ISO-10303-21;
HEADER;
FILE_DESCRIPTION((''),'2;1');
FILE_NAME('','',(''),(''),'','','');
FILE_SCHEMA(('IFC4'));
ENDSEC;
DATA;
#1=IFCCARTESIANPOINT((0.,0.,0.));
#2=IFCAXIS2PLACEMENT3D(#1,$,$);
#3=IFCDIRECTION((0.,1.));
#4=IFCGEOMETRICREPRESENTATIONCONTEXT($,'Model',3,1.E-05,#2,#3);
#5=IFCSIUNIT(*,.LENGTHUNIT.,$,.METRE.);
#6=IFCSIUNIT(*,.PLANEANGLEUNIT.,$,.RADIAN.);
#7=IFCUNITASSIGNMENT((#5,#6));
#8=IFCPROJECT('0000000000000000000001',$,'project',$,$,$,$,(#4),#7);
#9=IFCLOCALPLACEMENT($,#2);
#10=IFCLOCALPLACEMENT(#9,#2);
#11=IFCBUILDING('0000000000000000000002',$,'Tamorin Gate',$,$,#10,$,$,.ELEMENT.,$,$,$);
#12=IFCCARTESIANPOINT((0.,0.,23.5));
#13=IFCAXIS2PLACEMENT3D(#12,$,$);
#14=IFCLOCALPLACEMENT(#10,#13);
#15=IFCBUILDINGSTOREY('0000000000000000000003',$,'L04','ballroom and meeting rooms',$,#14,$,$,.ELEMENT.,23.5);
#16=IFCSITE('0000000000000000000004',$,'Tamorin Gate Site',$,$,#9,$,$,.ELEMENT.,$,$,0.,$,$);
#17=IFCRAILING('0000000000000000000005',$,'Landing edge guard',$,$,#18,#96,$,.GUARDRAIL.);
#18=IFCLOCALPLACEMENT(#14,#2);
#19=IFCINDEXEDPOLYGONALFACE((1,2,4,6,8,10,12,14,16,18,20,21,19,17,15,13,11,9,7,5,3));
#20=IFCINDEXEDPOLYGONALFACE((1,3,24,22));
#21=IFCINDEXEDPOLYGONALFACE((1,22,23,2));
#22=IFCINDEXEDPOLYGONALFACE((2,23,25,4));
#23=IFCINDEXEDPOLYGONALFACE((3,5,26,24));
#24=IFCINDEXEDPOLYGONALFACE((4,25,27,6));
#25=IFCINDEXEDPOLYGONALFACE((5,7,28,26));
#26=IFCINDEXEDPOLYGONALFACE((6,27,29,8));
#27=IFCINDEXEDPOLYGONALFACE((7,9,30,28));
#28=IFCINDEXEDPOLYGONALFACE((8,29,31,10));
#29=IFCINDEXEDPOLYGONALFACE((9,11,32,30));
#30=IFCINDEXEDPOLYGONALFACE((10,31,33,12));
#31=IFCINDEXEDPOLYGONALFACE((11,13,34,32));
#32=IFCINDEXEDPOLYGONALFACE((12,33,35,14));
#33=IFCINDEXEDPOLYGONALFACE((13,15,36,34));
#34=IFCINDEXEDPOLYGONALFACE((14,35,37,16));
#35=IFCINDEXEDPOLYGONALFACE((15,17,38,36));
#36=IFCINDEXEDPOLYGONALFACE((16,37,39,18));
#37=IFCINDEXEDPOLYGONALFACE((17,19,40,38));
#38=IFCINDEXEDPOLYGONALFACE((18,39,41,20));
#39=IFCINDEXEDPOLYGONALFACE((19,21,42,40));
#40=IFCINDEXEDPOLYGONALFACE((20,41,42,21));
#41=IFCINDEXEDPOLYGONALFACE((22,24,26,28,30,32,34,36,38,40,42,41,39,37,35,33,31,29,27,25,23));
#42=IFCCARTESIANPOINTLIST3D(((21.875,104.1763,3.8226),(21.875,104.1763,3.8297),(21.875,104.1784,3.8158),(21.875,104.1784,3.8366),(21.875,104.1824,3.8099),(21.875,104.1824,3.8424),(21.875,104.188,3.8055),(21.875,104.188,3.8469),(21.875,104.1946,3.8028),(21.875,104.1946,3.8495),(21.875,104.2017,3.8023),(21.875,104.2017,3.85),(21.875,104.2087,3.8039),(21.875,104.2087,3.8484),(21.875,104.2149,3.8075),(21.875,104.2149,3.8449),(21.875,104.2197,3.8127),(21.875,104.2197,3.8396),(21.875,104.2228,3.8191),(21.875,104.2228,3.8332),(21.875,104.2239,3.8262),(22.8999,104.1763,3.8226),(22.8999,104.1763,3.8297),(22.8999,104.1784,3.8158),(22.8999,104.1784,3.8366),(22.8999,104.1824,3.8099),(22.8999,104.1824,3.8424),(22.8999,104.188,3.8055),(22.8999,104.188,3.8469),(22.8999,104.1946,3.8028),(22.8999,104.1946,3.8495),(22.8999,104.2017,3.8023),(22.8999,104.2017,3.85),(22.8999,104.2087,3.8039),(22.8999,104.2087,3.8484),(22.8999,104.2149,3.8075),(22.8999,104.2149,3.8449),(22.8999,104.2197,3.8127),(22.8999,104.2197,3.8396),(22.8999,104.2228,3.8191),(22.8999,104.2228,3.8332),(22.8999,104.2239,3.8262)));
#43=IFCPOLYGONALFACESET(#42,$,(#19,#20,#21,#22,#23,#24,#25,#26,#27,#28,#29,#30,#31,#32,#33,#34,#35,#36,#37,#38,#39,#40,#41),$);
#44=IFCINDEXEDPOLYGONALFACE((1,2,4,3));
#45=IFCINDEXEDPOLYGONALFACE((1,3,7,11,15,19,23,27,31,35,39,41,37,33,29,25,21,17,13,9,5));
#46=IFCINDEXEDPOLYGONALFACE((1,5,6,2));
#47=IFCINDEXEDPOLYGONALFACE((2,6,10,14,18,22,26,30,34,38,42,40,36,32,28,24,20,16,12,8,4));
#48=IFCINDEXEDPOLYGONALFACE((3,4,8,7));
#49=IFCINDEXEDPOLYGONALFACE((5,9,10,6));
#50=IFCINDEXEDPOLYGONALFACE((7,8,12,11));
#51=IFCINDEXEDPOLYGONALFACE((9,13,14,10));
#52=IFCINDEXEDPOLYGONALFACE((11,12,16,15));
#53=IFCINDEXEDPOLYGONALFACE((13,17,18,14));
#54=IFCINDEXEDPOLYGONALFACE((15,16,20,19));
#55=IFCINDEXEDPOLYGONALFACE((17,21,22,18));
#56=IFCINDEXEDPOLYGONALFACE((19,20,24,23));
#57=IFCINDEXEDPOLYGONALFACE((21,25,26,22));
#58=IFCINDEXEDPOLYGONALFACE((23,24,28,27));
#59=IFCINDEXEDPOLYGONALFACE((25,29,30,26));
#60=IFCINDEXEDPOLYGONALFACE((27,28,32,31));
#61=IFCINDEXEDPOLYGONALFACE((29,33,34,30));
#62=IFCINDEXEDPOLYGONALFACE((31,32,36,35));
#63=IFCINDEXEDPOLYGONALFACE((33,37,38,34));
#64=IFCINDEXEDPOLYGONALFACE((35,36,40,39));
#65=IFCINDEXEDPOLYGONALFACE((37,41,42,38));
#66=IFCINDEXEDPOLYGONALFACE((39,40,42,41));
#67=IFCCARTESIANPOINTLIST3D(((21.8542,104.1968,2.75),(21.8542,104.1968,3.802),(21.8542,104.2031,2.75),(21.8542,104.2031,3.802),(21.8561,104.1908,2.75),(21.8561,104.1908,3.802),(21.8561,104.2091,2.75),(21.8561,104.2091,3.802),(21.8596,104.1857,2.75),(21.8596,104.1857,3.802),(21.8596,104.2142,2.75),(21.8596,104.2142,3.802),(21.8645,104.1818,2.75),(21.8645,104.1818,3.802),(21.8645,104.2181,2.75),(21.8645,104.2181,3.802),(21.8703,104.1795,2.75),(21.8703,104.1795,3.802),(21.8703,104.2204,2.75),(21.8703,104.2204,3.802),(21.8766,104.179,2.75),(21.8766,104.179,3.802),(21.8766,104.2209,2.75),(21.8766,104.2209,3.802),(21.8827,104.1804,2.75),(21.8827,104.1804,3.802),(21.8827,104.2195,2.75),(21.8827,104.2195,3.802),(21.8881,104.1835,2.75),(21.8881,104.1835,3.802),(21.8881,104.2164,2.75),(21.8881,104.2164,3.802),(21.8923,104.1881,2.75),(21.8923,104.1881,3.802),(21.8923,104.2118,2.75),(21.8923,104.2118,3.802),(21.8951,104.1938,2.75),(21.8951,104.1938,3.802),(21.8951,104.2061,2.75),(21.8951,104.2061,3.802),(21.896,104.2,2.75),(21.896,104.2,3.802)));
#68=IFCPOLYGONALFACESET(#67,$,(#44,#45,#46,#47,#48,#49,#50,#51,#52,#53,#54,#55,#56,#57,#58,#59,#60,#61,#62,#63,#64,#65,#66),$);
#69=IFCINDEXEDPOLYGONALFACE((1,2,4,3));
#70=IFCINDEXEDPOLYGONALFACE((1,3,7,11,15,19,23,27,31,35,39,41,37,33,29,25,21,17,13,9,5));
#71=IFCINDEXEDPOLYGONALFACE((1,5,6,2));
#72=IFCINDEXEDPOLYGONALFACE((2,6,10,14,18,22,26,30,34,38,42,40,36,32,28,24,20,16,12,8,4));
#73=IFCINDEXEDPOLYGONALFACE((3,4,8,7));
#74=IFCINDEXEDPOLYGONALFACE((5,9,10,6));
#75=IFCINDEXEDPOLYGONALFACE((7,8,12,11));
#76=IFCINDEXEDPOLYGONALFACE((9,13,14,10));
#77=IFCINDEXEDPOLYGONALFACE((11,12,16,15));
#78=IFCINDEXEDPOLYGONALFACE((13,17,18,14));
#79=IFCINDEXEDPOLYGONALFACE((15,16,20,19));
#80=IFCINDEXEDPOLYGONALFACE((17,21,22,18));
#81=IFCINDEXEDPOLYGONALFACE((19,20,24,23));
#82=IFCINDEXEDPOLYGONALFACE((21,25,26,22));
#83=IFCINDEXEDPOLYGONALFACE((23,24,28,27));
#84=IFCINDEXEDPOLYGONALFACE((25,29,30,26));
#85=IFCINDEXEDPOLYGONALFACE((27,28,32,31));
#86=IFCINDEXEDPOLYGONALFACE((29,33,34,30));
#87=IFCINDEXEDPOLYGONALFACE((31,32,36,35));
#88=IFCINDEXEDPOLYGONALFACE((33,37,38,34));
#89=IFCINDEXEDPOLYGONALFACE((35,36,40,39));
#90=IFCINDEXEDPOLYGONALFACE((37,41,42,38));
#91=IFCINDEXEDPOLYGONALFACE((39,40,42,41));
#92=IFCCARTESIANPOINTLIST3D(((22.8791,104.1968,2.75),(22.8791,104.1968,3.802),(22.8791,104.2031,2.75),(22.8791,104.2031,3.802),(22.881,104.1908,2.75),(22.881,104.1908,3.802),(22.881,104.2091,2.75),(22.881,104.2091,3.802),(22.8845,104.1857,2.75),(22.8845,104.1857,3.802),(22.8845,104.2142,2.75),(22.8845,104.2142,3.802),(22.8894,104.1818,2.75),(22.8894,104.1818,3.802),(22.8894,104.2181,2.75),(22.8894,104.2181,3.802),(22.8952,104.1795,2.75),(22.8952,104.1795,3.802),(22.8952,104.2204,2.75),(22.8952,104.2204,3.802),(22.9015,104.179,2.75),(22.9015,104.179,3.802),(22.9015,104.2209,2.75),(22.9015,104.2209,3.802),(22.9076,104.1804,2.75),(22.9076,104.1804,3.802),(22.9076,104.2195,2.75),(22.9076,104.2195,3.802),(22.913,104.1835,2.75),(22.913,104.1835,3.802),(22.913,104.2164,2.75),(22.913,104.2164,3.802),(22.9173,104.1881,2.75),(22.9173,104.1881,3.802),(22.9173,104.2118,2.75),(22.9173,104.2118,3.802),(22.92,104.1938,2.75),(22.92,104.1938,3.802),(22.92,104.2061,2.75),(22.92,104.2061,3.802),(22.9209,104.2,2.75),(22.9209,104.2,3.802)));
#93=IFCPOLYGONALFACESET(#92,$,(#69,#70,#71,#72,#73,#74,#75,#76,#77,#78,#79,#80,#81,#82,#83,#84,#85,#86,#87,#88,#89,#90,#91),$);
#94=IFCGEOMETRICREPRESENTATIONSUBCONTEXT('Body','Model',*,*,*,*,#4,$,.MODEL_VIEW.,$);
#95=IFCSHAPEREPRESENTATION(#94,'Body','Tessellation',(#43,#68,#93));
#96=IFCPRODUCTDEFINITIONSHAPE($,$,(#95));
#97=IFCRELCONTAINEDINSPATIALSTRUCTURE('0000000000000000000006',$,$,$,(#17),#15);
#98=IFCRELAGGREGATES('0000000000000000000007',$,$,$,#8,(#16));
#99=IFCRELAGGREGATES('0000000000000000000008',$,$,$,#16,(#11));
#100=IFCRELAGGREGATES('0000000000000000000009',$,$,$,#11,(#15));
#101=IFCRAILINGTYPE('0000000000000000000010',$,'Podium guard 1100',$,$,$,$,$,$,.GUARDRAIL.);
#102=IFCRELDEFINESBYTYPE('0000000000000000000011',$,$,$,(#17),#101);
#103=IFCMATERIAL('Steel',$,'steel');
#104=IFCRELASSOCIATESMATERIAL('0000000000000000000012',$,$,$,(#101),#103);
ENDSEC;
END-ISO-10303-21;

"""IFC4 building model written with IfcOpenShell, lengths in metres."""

from ifc_helpers import new_model, si_unit, direction, frame, origin, origin_2d, place, context, subcontext, project, spatial, circle, extrude, material, type_object, element, save


model = new_model("IFC4")

# Units and contexts
model_context = context("Model", 3, precision=1e-05, world=origin(), true_north=direction((0.0, 1.0)))
body_context = subcontext(model_context, "Body", "Model", "MODEL_VIEW")
ifc_project = project(units=[si_unit("LENGTHUNIT", "METRE"), si_unit("PLANEANGLEUNIT", "RADIAN")], contexts=[model_context])

# Site, building, storey
site_placement = place(None, origin())
site = spatial("IfcSite", under=ifc_project, at=site_placement, Name="Tamorin Gate Site", CompositionType="ELEMENT", RefElevation=0.0)
building_placement = place(site_placement, origin())
building = spatial("IfcBuilding", under=site, at=building_placement, Name="Tamorin Gate", CompositionType="ELEMENT")
storey_placement = place(building_placement, frame((0.0, 0.0, 23.5)))
storey = spatial("IfcBuildingStorey", under=building, at=storey_placement, Name="L04", Description="ballroom and meeting rooms", CompositionType="ELEMENT", Elevation=23.5)

# Railing
ifc_material_1 = material(Name="Steel", Category="steel")
railing_type = type_object("IfcRailingType", Name="Podium guard 1100", PredefinedType="GUARDRAIL", material=ifc_material_1)
railing_1_placement = place(storey_placement, frame((21.875, 104.2, 2.75)))
element("IfcRailing", 1, at=railing_1_placement, inside=storey, type_object=railing_type, Name="Landing edge guard", PredefinedType="GUARDRAIL", context=body_context, shape_type="SweptSolid", body=[
    extrude(circle(Radius=0.0239, at=origin_2d()), frame((0.0, 0.0, 1.0762), z_axis=(1.0, 0.0, 0.0), x_axis=(0.0, 1.0, 0.0)), (0.0, 0.0, 1.0), 1.0249),
    extrude(circle(Radius=0.021, at=origin_2d()), origin(), (0.0, 0.0, 1.0), 1.052),
    extrude(circle(Radius=0.021, at=origin_2d()), frame((1.0249, 0.0, 0.0)), (0.0, 0.0, 1.0), 1.052),
])

save(model, "model.ifc")
